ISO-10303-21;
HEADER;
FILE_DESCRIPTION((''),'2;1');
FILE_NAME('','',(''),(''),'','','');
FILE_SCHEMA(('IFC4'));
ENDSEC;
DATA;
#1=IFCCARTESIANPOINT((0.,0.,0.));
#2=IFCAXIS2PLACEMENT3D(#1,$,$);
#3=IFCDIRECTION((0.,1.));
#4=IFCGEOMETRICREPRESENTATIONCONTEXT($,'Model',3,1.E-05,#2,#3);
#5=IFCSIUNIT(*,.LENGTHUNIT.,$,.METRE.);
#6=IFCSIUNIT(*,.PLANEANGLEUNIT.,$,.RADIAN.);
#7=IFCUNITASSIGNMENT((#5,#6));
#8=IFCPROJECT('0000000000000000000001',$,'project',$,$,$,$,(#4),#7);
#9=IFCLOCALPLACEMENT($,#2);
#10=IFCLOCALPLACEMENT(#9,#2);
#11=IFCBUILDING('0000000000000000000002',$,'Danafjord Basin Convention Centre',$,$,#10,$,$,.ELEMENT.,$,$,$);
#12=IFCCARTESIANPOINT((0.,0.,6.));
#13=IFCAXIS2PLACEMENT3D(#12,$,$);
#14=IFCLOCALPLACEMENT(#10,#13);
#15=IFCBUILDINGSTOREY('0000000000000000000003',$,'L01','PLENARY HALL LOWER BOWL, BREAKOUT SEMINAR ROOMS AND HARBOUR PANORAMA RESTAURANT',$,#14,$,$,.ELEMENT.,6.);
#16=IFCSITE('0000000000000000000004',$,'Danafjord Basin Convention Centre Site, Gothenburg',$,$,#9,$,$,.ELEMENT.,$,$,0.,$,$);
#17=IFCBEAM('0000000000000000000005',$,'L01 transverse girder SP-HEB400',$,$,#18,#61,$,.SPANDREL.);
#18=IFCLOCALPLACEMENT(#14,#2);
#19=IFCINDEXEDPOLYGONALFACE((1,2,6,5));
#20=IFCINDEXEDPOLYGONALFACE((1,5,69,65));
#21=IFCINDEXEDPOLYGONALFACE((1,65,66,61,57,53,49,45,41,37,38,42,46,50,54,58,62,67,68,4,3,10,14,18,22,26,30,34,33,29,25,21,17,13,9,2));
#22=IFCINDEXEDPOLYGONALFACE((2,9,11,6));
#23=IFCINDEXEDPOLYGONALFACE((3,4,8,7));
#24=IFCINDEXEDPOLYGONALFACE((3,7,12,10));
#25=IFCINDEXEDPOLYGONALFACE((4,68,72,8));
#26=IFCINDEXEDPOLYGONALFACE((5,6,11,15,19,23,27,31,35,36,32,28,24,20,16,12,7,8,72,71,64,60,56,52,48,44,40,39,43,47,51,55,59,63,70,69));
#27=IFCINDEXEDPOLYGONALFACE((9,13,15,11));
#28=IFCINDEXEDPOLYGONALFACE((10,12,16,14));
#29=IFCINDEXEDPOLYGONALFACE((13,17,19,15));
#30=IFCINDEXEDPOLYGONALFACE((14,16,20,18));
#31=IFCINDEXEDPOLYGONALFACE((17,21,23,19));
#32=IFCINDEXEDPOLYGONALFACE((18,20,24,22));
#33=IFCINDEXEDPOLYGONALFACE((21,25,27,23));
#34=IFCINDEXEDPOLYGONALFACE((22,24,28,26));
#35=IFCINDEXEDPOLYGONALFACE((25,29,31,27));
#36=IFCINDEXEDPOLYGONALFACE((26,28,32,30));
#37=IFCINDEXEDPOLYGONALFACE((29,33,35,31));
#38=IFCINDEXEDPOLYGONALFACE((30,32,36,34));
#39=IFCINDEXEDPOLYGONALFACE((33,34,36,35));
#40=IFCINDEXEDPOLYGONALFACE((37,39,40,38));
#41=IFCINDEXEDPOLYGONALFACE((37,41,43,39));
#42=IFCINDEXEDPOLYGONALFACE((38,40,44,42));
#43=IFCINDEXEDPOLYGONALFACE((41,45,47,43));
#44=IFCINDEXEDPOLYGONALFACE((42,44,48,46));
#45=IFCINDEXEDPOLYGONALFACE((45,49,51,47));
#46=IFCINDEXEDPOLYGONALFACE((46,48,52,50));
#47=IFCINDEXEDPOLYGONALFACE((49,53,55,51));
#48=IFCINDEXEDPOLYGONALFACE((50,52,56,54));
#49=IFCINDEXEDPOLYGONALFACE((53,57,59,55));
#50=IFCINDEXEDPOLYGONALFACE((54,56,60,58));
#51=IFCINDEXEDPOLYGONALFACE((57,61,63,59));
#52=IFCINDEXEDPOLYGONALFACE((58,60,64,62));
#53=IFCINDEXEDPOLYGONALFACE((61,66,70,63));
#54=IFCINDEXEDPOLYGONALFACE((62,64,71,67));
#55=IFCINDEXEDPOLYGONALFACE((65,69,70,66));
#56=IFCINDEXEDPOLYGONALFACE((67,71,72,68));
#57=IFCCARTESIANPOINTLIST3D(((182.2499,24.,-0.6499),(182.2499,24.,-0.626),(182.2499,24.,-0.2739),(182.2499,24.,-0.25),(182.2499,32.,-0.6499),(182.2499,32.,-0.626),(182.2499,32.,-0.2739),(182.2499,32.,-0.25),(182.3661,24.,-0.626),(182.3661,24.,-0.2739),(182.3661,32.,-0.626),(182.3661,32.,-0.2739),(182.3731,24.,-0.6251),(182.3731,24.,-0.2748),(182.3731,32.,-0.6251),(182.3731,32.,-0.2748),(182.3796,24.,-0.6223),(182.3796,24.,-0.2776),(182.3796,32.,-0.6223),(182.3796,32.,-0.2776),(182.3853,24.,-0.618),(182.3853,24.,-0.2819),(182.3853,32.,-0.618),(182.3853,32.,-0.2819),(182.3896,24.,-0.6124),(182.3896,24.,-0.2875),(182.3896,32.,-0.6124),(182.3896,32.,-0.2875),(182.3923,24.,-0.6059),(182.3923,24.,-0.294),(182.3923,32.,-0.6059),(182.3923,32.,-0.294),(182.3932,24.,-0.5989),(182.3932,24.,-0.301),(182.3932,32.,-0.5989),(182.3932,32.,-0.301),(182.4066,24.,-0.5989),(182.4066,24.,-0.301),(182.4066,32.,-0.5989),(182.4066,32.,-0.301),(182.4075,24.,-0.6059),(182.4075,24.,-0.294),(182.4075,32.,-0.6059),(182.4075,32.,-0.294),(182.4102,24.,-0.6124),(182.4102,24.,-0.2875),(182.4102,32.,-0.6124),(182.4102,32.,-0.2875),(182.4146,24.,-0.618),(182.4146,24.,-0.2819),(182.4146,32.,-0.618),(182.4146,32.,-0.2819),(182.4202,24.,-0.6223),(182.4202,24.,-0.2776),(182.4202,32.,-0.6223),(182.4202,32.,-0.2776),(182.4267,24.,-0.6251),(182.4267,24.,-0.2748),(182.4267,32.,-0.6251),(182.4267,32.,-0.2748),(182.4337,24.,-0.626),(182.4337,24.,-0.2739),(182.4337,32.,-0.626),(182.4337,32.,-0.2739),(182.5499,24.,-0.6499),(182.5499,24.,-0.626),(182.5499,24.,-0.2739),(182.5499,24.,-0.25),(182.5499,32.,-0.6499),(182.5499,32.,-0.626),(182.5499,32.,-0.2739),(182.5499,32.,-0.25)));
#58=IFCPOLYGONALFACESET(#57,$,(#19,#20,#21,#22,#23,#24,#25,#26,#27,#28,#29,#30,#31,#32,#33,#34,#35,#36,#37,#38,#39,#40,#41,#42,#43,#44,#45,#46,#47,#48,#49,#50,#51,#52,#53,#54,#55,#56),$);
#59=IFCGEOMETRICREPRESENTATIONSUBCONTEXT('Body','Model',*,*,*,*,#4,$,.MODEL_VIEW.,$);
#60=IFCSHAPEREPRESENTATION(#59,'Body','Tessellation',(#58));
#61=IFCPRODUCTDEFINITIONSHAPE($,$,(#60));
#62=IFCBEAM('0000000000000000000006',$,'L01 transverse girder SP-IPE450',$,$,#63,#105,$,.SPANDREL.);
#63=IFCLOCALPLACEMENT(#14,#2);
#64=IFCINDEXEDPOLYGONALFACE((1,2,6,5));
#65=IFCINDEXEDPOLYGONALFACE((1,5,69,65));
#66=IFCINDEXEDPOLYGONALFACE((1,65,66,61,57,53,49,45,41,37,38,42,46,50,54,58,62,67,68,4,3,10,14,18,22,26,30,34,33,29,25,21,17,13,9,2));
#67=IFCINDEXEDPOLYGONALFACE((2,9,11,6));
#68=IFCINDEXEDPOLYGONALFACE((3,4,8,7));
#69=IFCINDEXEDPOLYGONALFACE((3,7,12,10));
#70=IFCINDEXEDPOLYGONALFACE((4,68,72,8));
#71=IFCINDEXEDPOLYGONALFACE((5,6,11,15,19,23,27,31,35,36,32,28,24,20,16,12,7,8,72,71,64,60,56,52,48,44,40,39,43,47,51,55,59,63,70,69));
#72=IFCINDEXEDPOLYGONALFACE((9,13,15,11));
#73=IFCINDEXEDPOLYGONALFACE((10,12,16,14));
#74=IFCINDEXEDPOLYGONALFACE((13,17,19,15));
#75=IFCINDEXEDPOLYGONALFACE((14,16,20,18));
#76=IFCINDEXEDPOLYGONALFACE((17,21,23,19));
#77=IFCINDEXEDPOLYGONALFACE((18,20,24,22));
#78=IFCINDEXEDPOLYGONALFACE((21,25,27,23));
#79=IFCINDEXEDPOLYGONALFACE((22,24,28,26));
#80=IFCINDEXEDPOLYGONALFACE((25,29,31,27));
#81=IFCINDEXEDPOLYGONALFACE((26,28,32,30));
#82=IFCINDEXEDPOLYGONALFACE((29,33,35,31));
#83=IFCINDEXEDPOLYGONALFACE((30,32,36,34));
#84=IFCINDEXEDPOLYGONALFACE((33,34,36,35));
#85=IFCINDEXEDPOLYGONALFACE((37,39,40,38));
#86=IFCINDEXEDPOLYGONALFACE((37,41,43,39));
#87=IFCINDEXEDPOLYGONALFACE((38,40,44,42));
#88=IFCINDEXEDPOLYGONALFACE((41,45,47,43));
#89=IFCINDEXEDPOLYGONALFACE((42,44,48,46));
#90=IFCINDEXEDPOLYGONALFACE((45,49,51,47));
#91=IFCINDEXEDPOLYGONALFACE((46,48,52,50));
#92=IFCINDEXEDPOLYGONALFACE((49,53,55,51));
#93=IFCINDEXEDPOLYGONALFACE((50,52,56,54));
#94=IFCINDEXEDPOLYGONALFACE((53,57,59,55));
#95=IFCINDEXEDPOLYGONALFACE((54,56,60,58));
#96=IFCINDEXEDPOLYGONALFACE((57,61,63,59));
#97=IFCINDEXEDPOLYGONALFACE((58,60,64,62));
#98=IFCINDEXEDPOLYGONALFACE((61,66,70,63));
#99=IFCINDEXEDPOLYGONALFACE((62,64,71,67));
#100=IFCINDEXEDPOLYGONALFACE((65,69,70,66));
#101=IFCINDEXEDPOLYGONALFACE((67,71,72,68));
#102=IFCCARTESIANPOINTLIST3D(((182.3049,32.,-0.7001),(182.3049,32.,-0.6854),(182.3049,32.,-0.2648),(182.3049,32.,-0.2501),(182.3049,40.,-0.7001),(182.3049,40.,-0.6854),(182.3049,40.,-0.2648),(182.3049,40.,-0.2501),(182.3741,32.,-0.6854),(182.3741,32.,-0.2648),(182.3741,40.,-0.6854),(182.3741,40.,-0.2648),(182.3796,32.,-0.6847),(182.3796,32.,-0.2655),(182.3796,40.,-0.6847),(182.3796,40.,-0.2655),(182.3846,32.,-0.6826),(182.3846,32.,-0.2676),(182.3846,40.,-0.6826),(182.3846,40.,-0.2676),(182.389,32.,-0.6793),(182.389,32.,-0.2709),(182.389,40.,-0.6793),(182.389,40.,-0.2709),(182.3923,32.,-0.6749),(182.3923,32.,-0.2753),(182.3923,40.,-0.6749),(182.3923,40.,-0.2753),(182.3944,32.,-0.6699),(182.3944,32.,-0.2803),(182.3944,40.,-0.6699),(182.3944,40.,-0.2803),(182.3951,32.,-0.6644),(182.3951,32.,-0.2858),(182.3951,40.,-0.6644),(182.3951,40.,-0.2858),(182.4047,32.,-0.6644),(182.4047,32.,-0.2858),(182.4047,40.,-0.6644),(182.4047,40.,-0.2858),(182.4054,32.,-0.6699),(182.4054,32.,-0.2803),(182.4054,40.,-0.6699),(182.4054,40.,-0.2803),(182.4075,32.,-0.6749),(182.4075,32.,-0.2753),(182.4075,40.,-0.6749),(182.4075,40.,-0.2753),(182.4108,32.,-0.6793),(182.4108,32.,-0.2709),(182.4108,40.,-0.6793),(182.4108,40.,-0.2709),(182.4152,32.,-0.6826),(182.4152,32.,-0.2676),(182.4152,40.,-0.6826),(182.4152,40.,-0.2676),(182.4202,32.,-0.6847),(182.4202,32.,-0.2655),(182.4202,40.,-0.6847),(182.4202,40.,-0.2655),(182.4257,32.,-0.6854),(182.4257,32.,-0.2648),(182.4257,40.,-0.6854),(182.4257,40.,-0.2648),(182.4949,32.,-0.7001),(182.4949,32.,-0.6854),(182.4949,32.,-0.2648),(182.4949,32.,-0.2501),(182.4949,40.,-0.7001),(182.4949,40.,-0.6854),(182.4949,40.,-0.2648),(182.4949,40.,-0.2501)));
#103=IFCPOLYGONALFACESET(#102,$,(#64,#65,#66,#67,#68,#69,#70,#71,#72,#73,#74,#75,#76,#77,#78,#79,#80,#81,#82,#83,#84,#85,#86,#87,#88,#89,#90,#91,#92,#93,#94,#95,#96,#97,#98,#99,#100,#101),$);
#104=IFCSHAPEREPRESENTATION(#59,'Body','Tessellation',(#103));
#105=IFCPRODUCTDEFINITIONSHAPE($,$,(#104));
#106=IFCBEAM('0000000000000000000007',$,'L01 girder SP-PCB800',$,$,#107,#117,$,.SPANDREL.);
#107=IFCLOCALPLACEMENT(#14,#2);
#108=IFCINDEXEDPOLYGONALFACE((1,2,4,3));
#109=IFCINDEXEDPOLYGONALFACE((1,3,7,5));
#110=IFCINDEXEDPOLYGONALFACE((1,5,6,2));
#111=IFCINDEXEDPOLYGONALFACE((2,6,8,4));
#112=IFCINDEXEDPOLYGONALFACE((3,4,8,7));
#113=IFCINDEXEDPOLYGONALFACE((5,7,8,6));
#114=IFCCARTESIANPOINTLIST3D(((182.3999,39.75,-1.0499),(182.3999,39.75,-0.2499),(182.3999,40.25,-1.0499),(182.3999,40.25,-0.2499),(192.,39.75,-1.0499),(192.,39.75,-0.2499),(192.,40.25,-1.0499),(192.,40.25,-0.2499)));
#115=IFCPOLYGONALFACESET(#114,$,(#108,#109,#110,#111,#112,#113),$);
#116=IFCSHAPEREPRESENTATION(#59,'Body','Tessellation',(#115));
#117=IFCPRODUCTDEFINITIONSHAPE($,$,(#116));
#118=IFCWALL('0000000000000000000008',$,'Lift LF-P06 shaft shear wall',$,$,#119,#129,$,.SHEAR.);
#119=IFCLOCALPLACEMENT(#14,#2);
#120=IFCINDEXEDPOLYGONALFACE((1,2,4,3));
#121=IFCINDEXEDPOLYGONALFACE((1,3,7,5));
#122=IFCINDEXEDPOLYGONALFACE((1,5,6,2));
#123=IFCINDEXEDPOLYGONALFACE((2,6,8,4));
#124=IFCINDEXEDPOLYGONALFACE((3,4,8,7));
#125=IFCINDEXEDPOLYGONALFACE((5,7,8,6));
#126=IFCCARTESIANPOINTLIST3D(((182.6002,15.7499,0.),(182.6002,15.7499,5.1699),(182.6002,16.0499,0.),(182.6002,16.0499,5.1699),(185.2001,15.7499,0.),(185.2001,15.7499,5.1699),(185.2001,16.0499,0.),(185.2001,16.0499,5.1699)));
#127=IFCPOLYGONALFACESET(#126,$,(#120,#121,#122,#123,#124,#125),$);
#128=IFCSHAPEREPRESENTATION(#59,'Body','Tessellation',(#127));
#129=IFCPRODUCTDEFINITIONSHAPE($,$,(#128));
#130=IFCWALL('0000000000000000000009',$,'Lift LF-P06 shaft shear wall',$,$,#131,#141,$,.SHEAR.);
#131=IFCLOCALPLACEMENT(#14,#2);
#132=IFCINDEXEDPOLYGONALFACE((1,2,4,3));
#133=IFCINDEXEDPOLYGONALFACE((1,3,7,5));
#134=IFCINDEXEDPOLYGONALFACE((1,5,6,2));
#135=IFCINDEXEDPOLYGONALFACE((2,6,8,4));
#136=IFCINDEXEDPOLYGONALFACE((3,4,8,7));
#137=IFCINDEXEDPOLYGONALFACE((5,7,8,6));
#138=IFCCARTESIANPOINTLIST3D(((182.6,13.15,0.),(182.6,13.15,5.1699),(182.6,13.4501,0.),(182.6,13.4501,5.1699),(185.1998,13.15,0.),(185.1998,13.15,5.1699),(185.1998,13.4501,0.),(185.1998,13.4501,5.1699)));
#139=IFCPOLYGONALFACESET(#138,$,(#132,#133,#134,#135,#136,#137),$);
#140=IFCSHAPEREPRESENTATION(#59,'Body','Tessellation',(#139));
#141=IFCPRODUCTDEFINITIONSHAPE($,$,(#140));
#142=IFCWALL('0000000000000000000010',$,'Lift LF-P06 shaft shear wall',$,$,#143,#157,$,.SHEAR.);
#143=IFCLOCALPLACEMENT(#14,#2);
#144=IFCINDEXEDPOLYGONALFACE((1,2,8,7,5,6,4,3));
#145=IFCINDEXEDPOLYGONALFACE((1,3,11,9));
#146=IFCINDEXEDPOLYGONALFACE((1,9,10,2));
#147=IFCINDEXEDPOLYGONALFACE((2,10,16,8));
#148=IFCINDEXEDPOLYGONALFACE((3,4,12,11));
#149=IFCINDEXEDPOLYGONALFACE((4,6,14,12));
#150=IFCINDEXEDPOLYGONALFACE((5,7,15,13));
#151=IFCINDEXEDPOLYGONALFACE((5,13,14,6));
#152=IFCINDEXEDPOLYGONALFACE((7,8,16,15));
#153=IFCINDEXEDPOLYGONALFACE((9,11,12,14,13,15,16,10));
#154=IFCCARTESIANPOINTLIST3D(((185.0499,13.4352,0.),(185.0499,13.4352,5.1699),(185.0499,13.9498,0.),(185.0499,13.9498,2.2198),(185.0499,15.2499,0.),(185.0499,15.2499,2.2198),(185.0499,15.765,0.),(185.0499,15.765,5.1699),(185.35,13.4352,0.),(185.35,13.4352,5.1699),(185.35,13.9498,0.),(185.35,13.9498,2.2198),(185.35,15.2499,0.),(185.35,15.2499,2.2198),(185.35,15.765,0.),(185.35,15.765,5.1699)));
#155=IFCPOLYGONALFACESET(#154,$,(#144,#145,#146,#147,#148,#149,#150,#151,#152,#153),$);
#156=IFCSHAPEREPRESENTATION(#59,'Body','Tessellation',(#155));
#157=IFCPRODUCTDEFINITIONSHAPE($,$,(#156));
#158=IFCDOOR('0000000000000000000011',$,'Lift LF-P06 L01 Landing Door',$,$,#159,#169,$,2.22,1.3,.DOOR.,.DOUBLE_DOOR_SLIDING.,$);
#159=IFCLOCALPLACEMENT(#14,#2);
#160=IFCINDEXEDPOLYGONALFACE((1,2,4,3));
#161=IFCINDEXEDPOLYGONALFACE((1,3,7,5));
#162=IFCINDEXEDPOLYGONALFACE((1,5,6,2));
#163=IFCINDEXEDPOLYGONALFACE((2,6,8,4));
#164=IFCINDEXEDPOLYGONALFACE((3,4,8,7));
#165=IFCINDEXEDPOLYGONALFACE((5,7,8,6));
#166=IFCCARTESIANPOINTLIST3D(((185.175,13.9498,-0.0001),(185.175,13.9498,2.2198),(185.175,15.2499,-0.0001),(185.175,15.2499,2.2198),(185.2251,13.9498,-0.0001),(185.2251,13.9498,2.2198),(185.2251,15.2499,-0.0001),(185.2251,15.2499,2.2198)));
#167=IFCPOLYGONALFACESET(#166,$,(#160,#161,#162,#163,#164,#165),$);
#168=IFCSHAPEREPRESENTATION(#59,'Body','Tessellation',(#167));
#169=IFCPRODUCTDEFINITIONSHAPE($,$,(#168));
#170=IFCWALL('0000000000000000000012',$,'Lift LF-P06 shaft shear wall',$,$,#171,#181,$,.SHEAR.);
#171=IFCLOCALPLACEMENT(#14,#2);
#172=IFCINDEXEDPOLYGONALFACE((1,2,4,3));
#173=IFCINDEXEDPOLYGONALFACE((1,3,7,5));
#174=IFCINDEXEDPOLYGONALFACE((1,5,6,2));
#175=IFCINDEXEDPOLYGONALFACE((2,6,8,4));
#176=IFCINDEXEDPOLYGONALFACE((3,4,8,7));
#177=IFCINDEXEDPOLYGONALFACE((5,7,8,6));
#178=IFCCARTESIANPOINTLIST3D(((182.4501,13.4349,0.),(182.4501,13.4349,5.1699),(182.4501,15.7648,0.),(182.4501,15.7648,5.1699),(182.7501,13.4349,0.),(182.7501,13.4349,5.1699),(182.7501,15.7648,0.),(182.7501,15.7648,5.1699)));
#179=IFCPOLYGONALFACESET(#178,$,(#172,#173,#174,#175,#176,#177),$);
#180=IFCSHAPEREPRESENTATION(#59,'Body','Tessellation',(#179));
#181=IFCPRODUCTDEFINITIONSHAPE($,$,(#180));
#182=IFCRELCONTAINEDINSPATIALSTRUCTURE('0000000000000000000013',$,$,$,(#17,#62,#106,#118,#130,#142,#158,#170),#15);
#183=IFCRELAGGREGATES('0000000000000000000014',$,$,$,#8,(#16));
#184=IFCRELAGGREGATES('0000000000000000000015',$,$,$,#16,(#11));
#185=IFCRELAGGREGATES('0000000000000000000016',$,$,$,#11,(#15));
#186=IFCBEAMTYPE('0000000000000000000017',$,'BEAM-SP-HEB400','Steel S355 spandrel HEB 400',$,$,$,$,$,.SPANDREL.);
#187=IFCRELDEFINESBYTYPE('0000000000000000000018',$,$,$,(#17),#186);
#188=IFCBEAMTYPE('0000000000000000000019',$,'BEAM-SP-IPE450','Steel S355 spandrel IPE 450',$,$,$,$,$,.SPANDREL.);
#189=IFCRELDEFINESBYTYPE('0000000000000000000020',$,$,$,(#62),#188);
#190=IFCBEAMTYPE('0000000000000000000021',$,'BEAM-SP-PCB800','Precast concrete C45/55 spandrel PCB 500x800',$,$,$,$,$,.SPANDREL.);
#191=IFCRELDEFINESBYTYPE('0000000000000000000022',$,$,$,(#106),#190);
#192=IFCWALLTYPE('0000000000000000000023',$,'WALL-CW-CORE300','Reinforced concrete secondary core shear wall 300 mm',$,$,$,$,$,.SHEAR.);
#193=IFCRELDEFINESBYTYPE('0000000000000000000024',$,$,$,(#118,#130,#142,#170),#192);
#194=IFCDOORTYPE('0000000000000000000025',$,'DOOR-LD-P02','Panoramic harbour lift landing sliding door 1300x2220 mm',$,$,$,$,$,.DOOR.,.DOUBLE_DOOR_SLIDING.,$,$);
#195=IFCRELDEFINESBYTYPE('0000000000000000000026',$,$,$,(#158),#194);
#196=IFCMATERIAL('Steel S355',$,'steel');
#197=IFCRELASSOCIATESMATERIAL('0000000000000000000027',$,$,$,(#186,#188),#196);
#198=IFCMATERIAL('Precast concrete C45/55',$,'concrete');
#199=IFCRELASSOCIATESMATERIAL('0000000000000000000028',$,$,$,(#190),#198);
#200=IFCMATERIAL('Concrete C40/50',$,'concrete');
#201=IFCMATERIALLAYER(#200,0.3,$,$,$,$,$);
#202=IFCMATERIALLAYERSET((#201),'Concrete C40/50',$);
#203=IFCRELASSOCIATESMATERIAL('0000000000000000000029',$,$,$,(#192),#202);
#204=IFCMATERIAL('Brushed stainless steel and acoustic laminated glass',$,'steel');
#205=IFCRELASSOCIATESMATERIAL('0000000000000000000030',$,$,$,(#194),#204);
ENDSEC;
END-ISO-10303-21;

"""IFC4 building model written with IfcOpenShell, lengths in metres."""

from ifc_helpers import new_model, si_unit, direction, frame, frame_2d, origin, origin_2d, place, context, subcontext, project, spatial, rectangle, i_section, extrude, material, layer, layer_set, material_profile, profile_set, type_object, element, fill, save


model = new_model("IFC4")

# Units and contexts
model_context = context("Model", 3, precision=1e-05, world=origin(), true_north=direction((0.0, 1.0)))
body_context = subcontext(model_context, "Body", "Model", "MODEL_VIEW")
ifc_project = project(units=[si_unit("LENGTHUNIT", "METRE"), si_unit("PLANEANGLEUNIT", "RADIAN")], contexts=[model_context])

# Site, building, storey
site_placement = place(None, origin())
site = spatial("IfcSite", under=ifc_project, at=site_placement, Name="Danafjord Basin Convention Centre Site, Gothenburg", CompositionType="ELEMENT", RefElevation=0.0)
building_placement = place(site_placement, origin())
building = spatial("IfcBuilding", under=site, at=building_placement, Name="Danafjord Basin Convention Centre", CompositionType="ELEMENT")
storey_placement = place(building_placement, frame((0.0, 0.0, 6.0)))
storey = spatial("IfcBuildingStorey", under=building, at=storey_placement, Name="L01", Description="PLENARY HALL LOWER BOWL, BREAKOUT SEMINAR ROOMS AND HARBOUR PANORAMA RESTAURANT", CompositionType="ELEMENT", Elevation=6.0)

# Shared definitions
ifc_material_1 = material(Name="Steel S355", Category="steel")

# Beams
ifc_material_profile_1 = material_profile(ifc_material_1, i_section(OverallWidth=0.3, OverallDepth=0.3999, WebThickness=0.0134, FlangeThickness=0.0239, FilletRadius=0.0271, at=origin_2d()), Name="HEB 400")
ifc_profile_set_1 = profile_set([ifc_material_profile_1], Name="Steel S355")
beam_type_1 = type_object("IfcBeamType", Name="BEAM-SP-HEB400", Description="Steel S355 spandrel HEB 400", PredefinedType="SPANDREL", material=ifc_profile_set_1)
beam_1_placement = place(storey_placement, frame((182.3999, 24.0, -0.45), z_axis=(0.0, 1.0, 0.0), x_axis=(-1.0, 0.0, 0.0)))
element("IfcBeam", 1, at=beam_1_placement, inside=storey, type_object=beam_type_1, Name="L01 transverse girder SP-HEB400", PredefinedType="SPANDREL", context=body_context, shape_type="SweptSolid", body=[
    extrude(i_section(OverallWidth=0.3, OverallDepth=0.3999, WebThickness=0.0134, FlangeThickness=0.0239, FilletRadius=0.0271, at=origin_2d()), origin(), (0.0, 0.0, 1.0), 8.0),
])
ifc_material_profile_2 = material_profile(ifc_material_1, i_section(OverallWidth=0.1899, OverallDepth=0.45, WebThickness=0.0095, FlangeThickness=0.0146, FilletRadius=0.021, at=origin_2d()), Name="IPE 450")
ifc_profile_set_2 = profile_set([ifc_material_profile_2], Name="Steel S355")
beam_type_2 = type_object("IfcBeamType", Name="BEAM-SP-IPE450", Description="Steel S355 spandrel IPE 450", PredefinedType="SPANDREL", material=ifc_profile_set_2)
beam_2_placement = place(storey_placement, frame((182.3999, 32.0, -0.4751), z_axis=(0.0, 1.0, 0.0), x_axis=(-1.0, 0.0, 0.0)))
element("IfcBeam", 2, at=beam_2_placement, inside=storey, type_object=beam_type_2, Name="L01 transverse girder SP-IPE450", PredefinedType="SPANDREL", context=body_context, shape_type="SweptSolid", body=[
    extrude(i_section(OverallWidth=0.1899, OverallDepth=0.45, WebThickness=0.0095, FlangeThickness=0.0146, FilletRadius=0.021, at=origin_2d()), origin(), (0.0, 0.0, 1.0), 8.0),
])
ifc_material_2 = material(Name="Precast concrete C45/55", Category="concrete")
ifc_material_profile_3 = material_profile(ifc_material_2, rectangle(XDim=0.5, YDim=0.8, at=origin_2d()), Name="PCB 500x800")
ifc_profile_set_3 = profile_set([ifc_material_profile_3], Name="Precast concrete C45/55")
beam_type_3 = type_object("IfcBeamType", Name="BEAM-SP-PCB800", Description="Precast concrete C45/55 spandrel PCB 500x800", PredefinedType="SPANDREL", material=ifc_profile_set_3)
beam_3_placement = place(storey_placement, frame((182.3999, 40.0, -0.6499), z_axis=(1.0, 0.0, 0.0), x_axis=(0.0, 1.0, 0.0)))
element("IfcBeam", 3, at=beam_3_placement, inside=storey, type_object=beam_type_3, Name="L01 girder SP-PCB800", PredefinedType="SPANDREL", context=body_context, shape_type="SweptSolid", body=[
    extrude(rectangle(XDim=0.5, YDim=0.8, at=origin_2d()), origin(), (0.0, 0.0, 1.0), 9.6001),
])

# Walls
ifc_material_3 = material(Name="Concrete C40/50", Category="concrete")
ifc_layer_1 = layer(ifc_material_3, 0.3)
ifc_layer_set_1 = layer_set([ifc_layer_1], Name="Concrete C40/50")
wall_type_1 = type_object("IfcWallType", Name="WALL-CW-CORE300", Description="Reinforced concrete secondary core shear wall 300 mm", PredefinedType="SHEAR", material=ifc_layer_set_1)
for number, where, z_axis, x_axis, name in (
    (4, (185.2, 15.8999, 0.0), (0.0, 0.0, 1.0), (-1.0, 0.0, 0.0), "Lift LF-P06 shaft shear wall"),
    (5, (182.6001, 13.3, 0.0), (0.0, 0.0, 1.0), (1.0, 0.0, 0.0), "Lift LF-P06 shaft shear wall"),
):
    element("IfcWall", number, at=place(storey_placement, frame(where, z_axis=z_axis, x_axis=x_axis)), inside=storey, type_object=wall_type_1, Name=name, PredefinedType="SHEAR", context=body_context, shape_type="SweptSolid", body=[
        extrude(rectangle(XDim=2.5999, YDim=0.3, at=frame_2d((1.2998, 0.0))), origin(), (0.0, 0.0, 1.0), 5.1699),
    ])

# Wall, opening, door
wall_1_placement = place(storey_placement, frame((185.2, 13.4351, 0.0), z_axis=(0.0, 0.0, 1.0), x_axis=(0.0, 1.0, 0.0)))
wall_1 = element("IfcWall", 6, at=wall_1_placement, inside=storey, type_object=wall_type_1, Name="Lift LF-P06 shaft shear wall", PredefinedType="SHEAR", context=body_context, shape_type="SweptSolid", body=[
    extrude(rectangle(XDim=2.3298, YDim=0.3, at=frame_2d((1.165, 0.0))), origin(), (0.0, 0.0, 1.0), 5.1699),
])
opening_placement = place(wall_1_placement, frame((0.5149, 0.0, 0.0)))
opening = element("IfcOpeningElement", 7, at=opening_placement, cuts=wall_1, PredefinedType="OPENING", context=body_context, shape_type="SweptSolid", body=[
    extrude(rectangle(XDim=1.3, YDim=2.22, at=frame_2d((0.6499, 1.1099))), frame((0.0, 0.1599, 0.0), z_axis=(0.0, -1.0, 0.0), x_axis=(1.0, 0.0, 0.0)), (0.0, 0.0, 1.0), 0.3201),
])
ifc_material_4 = material(Name="Brushed stainless steel and acoustic laminated glass", Category="steel")
door_type = type_object("IfcDoorType", Name="DOOR-LD-P02", Description="Panoramic harbour lift landing sliding door 1300x2220 mm", OperationType="DOUBLE_DOOR_SLIDING", PredefinedType="DOOR", material=ifc_material_4)
door_placement = place(opening_placement, origin())
door = element("IfcDoor", 8, at=door_placement, inside=storey, type_object=door_type, Name="Lift LF-P06 L01 Landing Door", OperationType="DOUBLE_DOOR_SLIDING", OverallHeight=2.22, OverallWidth=1.3, PredefinedType="DOOR", context=body_context, shape_type="SweptSolid", body=[
    extrude(rectangle(XDim=1.3, YDim=2.22, at=frame_2d((0.6499, 1.1099))), frame((0.0, 0.0249, 0.0), z_axis=(0.0, -1.0, 0.0), x_axis=(1.0, 0.0, 0.0)), (0.0, 0.0, 1.0), 0.05),
])
fill(opening, door)

# Wall
wall_2_placement = place(storey_placement, frame((182.6001, 15.7649, 0.0), z_axis=(0.0, 0.0, 1.0), x_axis=(0.0, -1.0, 0.0)))
element("IfcWall", 9, at=wall_2_placement, inside=storey, type_object=wall_type_1, Name="Lift LF-P06 shaft shear wall", PredefinedType="SHEAR", context=body_context, shape_type="SweptSolid", body=[
    extrude(rectangle(XDim=2.3298, YDim=0.3, at=frame_2d((1.165, 0.0))), origin(), (0.0, 0.0, 1.0), 5.1699),
])

save(model, "model.ifc")
